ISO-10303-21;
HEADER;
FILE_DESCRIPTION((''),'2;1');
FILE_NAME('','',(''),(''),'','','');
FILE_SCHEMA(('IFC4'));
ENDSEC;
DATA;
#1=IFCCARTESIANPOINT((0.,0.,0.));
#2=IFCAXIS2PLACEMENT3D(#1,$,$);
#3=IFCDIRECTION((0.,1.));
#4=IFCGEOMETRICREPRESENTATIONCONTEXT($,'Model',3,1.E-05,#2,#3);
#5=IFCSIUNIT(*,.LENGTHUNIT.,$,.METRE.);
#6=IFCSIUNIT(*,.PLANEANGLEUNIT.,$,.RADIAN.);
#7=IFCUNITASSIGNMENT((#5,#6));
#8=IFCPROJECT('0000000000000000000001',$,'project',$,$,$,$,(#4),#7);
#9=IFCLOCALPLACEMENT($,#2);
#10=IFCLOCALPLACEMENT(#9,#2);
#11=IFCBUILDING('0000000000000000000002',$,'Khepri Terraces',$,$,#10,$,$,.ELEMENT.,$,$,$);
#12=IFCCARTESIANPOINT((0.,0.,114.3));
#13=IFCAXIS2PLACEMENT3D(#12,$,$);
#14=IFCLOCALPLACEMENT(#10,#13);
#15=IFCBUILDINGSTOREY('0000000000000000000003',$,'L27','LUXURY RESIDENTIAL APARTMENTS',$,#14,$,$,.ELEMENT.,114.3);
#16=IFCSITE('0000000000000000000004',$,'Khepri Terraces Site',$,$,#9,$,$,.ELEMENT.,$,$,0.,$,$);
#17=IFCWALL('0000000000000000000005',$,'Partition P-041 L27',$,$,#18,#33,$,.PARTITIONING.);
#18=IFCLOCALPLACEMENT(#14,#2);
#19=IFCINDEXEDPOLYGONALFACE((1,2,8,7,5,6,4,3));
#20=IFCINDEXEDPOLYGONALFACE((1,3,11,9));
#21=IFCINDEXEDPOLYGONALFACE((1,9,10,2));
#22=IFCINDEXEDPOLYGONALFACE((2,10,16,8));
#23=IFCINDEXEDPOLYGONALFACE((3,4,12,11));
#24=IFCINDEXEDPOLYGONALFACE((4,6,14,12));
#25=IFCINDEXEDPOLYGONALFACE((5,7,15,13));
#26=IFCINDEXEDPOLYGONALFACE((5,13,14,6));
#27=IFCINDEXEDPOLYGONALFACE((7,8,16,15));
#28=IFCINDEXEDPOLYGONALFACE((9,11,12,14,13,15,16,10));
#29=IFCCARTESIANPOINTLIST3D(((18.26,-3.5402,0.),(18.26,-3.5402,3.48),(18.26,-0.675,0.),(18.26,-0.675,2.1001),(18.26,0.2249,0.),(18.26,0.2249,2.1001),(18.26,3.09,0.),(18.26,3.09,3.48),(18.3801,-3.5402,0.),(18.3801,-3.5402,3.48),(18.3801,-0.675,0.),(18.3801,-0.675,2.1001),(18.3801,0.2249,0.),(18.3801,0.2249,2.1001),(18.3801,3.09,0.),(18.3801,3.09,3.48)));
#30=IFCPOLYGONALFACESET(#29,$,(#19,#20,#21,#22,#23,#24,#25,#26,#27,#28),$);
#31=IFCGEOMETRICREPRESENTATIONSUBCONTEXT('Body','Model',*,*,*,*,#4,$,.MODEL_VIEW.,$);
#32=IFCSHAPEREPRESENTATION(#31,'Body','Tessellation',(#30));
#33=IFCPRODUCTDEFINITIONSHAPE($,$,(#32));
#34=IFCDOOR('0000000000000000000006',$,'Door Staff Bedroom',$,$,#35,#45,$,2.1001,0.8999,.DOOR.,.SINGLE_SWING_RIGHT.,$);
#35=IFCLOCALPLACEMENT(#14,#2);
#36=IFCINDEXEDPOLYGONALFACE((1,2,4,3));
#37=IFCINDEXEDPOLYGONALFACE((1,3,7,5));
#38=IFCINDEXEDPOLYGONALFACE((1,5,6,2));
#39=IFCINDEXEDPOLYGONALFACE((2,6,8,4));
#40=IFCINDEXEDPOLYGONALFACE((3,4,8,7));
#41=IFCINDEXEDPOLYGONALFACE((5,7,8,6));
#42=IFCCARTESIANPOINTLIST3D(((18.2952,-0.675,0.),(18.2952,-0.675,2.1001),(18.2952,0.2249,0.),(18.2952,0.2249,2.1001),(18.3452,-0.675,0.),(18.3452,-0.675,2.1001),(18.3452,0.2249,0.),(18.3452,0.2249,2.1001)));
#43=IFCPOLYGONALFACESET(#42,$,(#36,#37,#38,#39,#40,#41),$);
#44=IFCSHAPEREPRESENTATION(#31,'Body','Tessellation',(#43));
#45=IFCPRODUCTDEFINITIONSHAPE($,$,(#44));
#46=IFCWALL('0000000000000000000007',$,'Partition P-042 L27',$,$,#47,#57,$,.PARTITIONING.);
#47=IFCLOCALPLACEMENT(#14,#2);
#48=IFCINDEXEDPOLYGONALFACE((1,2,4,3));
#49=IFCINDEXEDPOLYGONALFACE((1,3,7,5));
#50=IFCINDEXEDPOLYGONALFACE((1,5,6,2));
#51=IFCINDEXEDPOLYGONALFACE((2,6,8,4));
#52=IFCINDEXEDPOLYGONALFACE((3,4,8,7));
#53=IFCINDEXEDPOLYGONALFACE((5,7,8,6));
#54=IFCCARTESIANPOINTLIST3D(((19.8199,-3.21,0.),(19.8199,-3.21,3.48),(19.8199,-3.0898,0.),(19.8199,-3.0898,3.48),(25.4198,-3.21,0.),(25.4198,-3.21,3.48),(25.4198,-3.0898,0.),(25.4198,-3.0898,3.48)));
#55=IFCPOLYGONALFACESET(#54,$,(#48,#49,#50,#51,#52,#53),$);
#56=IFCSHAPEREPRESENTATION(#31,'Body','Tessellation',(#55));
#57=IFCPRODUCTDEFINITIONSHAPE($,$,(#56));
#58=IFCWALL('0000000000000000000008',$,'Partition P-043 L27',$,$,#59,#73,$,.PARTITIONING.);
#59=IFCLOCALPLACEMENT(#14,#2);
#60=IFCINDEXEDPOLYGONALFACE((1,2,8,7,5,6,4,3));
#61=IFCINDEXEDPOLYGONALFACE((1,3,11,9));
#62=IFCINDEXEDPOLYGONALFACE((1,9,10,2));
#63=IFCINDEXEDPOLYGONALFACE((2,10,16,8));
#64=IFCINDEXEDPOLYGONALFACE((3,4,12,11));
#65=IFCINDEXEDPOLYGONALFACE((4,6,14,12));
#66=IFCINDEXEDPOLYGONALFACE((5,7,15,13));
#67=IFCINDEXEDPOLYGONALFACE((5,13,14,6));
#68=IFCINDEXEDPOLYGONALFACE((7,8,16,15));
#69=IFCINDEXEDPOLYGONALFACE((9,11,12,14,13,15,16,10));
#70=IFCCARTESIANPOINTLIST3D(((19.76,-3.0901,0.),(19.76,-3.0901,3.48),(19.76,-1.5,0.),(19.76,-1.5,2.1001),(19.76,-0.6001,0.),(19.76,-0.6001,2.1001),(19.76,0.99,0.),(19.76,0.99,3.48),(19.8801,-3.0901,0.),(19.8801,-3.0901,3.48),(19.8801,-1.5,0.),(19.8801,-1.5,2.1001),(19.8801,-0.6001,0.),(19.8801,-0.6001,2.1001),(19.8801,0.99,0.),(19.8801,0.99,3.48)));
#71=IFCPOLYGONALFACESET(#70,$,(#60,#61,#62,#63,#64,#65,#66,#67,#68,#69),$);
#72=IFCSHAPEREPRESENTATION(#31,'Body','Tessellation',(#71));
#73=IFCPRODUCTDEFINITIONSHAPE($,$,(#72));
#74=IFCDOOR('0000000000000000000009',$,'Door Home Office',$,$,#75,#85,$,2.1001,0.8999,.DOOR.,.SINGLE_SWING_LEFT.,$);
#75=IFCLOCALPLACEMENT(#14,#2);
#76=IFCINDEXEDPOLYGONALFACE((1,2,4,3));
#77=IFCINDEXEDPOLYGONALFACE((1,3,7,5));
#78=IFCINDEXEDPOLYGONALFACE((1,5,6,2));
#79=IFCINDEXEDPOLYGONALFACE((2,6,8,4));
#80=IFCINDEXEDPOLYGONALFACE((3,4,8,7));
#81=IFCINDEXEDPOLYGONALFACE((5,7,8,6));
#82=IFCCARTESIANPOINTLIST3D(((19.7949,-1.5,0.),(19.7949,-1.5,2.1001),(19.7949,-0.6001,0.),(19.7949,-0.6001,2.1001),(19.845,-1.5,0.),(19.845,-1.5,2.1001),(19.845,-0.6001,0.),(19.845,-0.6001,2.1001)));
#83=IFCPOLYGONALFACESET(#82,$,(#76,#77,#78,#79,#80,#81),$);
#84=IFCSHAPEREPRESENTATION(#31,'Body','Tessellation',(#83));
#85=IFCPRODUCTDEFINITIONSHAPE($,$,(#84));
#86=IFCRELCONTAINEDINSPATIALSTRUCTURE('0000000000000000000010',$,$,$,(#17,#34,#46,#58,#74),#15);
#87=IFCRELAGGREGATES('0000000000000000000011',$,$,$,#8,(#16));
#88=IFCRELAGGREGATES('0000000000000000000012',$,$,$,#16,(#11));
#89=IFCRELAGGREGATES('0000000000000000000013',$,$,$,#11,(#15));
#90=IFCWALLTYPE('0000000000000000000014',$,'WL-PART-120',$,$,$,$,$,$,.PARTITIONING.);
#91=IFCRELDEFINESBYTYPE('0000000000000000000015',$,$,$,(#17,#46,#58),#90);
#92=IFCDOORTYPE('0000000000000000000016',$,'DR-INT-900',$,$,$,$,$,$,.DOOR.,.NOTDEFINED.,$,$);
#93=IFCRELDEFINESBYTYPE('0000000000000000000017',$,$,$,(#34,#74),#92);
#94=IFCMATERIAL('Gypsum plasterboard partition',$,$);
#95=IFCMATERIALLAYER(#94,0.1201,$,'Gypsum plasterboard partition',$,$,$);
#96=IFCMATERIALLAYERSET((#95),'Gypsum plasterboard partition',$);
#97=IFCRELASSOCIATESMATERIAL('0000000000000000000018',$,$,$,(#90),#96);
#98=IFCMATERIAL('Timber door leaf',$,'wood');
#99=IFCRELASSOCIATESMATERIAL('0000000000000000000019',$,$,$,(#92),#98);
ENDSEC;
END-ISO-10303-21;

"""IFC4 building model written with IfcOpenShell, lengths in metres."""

from ifc_helpers import new_model, si_unit, direction, frame, frame_2d, origin, place, context, subcontext, project, spatial, rectangle, extrude, material, layer, layer_set, type_object, element, fill, save


model = new_model("IFC4")

# Units and contexts
model_context = context("Model", 3, precision=1e-05, world=origin(), true_north=direction((0.0, 1.0)))
body_context = subcontext(model_context, "Body", "Model", "MODEL_VIEW")
ifc_project = project(units=[si_unit("LENGTHUNIT", "METRE"), si_unit("PLANEANGLEUNIT", "RADIAN")], contexts=[model_context])

# Site, building, storey
site_placement = place(None, origin())
site = spatial("IfcSite", under=ifc_project, at=site_placement, Name="Khepri Terraces Site", CompositionType="ELEMENT", RefElevation=0.0)
building_placement = place(site_placement, origin())
building = spatial("IfcBuilding", under=site, at=building_placement, Name="Khepri Terraces", CompositionType="ELEMENT")
storey_placement = place(building_placement, frame((0.0, 0.0, 114.3)))
storey = spatial("IfcBuildingStorey", under=building, at=storey_placement, Name="L27", Description="LUXURY RESIDENTIAL APARTMENTS", CompositionType="ELEMENT", Elevation=114.3)

# Shared definitions
ifc_material_1 = material(Name="Gypsum plasterboard partition")
ifc_layer_1 = layer(ifc_material_1, 0.1201, Name="Gypsum plasterboard partition")
ifc_layer_set_1 = layer_set([ifc_layer_1], Name="Gypsum plasterboard partition")
wall_type_1 = type_object("IfcWallType", Name="WL-PART-120", PredefinedType="PARTITIONING", material=ifc_layer_set_1)

# Shared definitions
ifc_material_2 = material(Name="Timber door leaf", Category="wood")
door_type_1 = type_object("IfcDoorType", Name="DR-INT-900", OperationType="NOTDEFINED", PredefinedType="DOOR", material=ifc_material_2)

# Wall, opening, door
wall_1_placement = place(storey_placement, frame((18.3201, -3.54, 0.0), z_axis=(0.0, 0.0, 1.0), x_axis=(0.0, 1.0, 0.0)))
wall_1 = element("IfcWall", 1, at=wall_1_placement, inside=storey, type_object=wall_type_1, Name="Partition P-041 L27", PredefinedType="PARTITIONING", context=body_context, shape_type="SweptSolid", body=[
    extrude(rectangle(XDim=6.6301, YDim=0.1201, at=frame_2d((3.3149, 0.0))), origin(), (0.0, 0.0, 1.0), 3.48),
])
opening_1_placement = place(wall_1_placement, frame((2.865, 0.0, 0.0)))
opening_1 = element("IfcOpeningElement", 2, at=opening_1_placement, cuts=wall_1, PredefinedType="OPENING", context=body_context, shape_type="SweptSolid", body=[
    extrude(rectangle(XDim=0.8999, YDim=2.1001, at=frame_2d((0.45, 1.05))), frame((0.0, 0.0701, 0.0), z_axis=(0.0, -1.0, 0.0), x_axis=(1.0, 0.0, 0.0)), (0.0, 0.0, 1.0), 0.1401),
])
door_1_placement = place(opening_1_placement, origin())
door_1 = element("IfcDoor", 3, at=door_1_placement, inside=storey, type_object=door_type_1, Name="Door Staff Bedroom", OperationType="SINGLE_SWING_RIGHT", OverallHeight=2.1001, OverallWidth=0.8999, PredefinedType="DOOR", context=body_context, shape_type="SweptSolid", body=[
    extrude(rectangle(XDim=0.8999, YDim=2.1001, at=frame_2d((0.45, 1.05))), frame((0.0, 0.0249, 0.0), z_axis=(0.0, -1.0, 0.0), x_axis=(1.0, 0.0, 0.0)), (0.0, 0.0, 1.0), 0.05),
])
fill(opening_1, door_1)

# Wall
wall_2_placement = place(storey_placement, frame((19.8201, -3.1499, 0.0), z_axis=(0.0, 0.0, 1.0), x_axis=(1.0, 0.0, 0.0)))
element("IfcWall", 4, at=wall_2_placement, inside=storey, type_object=wall_type_1, Name="Partition P-042 L27", PredefinedType="PARTITIONING", context=body_context, shape_type="SweptSolid", body=[
    extrude(rectangle(XDim=5.5999, YDim=0.1201, at=frame_2d((2.7998, 0.0))), origin(), (0.0, 0.0, 1.0), 3.48),
])

# Wall, opening, door
wall_3_placement = place(storey_placement, frame((19.8201, -3.0901, 0.0), z_axis=(0.0, 0.0, 1.0), x_axis=(0.0, 1.0, 0.0)))
wall_3 = element("IfcWall", 5, at=wall_3_placement, inside=storey, type_object=wall_type_1, Name="Partition P-043 L27", PredefinedType="PARTITIONING", context=body_context, shape_type="SweptSolid", body=[
    extrude(rectangle(XDim=4.0801, YDim=0.1201, at=frame_2d((2.04, 0.0))), origin(), (0.0, 0.0, 1.0), 3.48),
])
opening_2_placement = place(wall_3_placement, frame((1.5901, 0.0, 0.0)))
opening_2 = element("IfcOpeningElement", 6, at=opening_2_placement, cuts=wall_3, PredefinedType="OPENING", context=body_context, shape_type="SweptSolid", body=[
    extrude(rectangle(XDim=0.8999, YDim=2.1001, at=frame_2d((0.45, 1.05))), frame((0.0, 0.0701, 0.0), z_axis=(0.0, -1.0, 0.0), x_axis=(1.0, 0.0, 0.0)), (0.0, 0.0, 1.0), 0.1401),
])
door_2_placement = place(opening_2_placement, frame((0.8999, 0.0, 0.0), z_axis=(0.0, 0.0, 1.0), x_axis=(-1.0, 0.0, 0.0)))
door_2 = element("IfcDoor", 7, at=door_2_placement, inside=storey, type_object=door_type_1, Name="Door Home Office", OperationType="SINGLE_SWING_LEFT", OverallHeight=2.1001, OverallWidth=0.8999, PredefinedType="DOOR", context=body_context, shape_type="SweptSolid", body=[
    extrude(rectangle(XDim=0.8999, YDim=2.1001, at=frame_2d((0.45, 1.05))), frame((0.0, 0.0249, 0.0), z_axis=(0.0, -1.0, 0.0), x_axis=(1.0, 0.0, 0.0)), (0.0, 0.0, 1.0), 0.05),
])
fill(opening_2, door_2)

save(model, "model.ifc")
